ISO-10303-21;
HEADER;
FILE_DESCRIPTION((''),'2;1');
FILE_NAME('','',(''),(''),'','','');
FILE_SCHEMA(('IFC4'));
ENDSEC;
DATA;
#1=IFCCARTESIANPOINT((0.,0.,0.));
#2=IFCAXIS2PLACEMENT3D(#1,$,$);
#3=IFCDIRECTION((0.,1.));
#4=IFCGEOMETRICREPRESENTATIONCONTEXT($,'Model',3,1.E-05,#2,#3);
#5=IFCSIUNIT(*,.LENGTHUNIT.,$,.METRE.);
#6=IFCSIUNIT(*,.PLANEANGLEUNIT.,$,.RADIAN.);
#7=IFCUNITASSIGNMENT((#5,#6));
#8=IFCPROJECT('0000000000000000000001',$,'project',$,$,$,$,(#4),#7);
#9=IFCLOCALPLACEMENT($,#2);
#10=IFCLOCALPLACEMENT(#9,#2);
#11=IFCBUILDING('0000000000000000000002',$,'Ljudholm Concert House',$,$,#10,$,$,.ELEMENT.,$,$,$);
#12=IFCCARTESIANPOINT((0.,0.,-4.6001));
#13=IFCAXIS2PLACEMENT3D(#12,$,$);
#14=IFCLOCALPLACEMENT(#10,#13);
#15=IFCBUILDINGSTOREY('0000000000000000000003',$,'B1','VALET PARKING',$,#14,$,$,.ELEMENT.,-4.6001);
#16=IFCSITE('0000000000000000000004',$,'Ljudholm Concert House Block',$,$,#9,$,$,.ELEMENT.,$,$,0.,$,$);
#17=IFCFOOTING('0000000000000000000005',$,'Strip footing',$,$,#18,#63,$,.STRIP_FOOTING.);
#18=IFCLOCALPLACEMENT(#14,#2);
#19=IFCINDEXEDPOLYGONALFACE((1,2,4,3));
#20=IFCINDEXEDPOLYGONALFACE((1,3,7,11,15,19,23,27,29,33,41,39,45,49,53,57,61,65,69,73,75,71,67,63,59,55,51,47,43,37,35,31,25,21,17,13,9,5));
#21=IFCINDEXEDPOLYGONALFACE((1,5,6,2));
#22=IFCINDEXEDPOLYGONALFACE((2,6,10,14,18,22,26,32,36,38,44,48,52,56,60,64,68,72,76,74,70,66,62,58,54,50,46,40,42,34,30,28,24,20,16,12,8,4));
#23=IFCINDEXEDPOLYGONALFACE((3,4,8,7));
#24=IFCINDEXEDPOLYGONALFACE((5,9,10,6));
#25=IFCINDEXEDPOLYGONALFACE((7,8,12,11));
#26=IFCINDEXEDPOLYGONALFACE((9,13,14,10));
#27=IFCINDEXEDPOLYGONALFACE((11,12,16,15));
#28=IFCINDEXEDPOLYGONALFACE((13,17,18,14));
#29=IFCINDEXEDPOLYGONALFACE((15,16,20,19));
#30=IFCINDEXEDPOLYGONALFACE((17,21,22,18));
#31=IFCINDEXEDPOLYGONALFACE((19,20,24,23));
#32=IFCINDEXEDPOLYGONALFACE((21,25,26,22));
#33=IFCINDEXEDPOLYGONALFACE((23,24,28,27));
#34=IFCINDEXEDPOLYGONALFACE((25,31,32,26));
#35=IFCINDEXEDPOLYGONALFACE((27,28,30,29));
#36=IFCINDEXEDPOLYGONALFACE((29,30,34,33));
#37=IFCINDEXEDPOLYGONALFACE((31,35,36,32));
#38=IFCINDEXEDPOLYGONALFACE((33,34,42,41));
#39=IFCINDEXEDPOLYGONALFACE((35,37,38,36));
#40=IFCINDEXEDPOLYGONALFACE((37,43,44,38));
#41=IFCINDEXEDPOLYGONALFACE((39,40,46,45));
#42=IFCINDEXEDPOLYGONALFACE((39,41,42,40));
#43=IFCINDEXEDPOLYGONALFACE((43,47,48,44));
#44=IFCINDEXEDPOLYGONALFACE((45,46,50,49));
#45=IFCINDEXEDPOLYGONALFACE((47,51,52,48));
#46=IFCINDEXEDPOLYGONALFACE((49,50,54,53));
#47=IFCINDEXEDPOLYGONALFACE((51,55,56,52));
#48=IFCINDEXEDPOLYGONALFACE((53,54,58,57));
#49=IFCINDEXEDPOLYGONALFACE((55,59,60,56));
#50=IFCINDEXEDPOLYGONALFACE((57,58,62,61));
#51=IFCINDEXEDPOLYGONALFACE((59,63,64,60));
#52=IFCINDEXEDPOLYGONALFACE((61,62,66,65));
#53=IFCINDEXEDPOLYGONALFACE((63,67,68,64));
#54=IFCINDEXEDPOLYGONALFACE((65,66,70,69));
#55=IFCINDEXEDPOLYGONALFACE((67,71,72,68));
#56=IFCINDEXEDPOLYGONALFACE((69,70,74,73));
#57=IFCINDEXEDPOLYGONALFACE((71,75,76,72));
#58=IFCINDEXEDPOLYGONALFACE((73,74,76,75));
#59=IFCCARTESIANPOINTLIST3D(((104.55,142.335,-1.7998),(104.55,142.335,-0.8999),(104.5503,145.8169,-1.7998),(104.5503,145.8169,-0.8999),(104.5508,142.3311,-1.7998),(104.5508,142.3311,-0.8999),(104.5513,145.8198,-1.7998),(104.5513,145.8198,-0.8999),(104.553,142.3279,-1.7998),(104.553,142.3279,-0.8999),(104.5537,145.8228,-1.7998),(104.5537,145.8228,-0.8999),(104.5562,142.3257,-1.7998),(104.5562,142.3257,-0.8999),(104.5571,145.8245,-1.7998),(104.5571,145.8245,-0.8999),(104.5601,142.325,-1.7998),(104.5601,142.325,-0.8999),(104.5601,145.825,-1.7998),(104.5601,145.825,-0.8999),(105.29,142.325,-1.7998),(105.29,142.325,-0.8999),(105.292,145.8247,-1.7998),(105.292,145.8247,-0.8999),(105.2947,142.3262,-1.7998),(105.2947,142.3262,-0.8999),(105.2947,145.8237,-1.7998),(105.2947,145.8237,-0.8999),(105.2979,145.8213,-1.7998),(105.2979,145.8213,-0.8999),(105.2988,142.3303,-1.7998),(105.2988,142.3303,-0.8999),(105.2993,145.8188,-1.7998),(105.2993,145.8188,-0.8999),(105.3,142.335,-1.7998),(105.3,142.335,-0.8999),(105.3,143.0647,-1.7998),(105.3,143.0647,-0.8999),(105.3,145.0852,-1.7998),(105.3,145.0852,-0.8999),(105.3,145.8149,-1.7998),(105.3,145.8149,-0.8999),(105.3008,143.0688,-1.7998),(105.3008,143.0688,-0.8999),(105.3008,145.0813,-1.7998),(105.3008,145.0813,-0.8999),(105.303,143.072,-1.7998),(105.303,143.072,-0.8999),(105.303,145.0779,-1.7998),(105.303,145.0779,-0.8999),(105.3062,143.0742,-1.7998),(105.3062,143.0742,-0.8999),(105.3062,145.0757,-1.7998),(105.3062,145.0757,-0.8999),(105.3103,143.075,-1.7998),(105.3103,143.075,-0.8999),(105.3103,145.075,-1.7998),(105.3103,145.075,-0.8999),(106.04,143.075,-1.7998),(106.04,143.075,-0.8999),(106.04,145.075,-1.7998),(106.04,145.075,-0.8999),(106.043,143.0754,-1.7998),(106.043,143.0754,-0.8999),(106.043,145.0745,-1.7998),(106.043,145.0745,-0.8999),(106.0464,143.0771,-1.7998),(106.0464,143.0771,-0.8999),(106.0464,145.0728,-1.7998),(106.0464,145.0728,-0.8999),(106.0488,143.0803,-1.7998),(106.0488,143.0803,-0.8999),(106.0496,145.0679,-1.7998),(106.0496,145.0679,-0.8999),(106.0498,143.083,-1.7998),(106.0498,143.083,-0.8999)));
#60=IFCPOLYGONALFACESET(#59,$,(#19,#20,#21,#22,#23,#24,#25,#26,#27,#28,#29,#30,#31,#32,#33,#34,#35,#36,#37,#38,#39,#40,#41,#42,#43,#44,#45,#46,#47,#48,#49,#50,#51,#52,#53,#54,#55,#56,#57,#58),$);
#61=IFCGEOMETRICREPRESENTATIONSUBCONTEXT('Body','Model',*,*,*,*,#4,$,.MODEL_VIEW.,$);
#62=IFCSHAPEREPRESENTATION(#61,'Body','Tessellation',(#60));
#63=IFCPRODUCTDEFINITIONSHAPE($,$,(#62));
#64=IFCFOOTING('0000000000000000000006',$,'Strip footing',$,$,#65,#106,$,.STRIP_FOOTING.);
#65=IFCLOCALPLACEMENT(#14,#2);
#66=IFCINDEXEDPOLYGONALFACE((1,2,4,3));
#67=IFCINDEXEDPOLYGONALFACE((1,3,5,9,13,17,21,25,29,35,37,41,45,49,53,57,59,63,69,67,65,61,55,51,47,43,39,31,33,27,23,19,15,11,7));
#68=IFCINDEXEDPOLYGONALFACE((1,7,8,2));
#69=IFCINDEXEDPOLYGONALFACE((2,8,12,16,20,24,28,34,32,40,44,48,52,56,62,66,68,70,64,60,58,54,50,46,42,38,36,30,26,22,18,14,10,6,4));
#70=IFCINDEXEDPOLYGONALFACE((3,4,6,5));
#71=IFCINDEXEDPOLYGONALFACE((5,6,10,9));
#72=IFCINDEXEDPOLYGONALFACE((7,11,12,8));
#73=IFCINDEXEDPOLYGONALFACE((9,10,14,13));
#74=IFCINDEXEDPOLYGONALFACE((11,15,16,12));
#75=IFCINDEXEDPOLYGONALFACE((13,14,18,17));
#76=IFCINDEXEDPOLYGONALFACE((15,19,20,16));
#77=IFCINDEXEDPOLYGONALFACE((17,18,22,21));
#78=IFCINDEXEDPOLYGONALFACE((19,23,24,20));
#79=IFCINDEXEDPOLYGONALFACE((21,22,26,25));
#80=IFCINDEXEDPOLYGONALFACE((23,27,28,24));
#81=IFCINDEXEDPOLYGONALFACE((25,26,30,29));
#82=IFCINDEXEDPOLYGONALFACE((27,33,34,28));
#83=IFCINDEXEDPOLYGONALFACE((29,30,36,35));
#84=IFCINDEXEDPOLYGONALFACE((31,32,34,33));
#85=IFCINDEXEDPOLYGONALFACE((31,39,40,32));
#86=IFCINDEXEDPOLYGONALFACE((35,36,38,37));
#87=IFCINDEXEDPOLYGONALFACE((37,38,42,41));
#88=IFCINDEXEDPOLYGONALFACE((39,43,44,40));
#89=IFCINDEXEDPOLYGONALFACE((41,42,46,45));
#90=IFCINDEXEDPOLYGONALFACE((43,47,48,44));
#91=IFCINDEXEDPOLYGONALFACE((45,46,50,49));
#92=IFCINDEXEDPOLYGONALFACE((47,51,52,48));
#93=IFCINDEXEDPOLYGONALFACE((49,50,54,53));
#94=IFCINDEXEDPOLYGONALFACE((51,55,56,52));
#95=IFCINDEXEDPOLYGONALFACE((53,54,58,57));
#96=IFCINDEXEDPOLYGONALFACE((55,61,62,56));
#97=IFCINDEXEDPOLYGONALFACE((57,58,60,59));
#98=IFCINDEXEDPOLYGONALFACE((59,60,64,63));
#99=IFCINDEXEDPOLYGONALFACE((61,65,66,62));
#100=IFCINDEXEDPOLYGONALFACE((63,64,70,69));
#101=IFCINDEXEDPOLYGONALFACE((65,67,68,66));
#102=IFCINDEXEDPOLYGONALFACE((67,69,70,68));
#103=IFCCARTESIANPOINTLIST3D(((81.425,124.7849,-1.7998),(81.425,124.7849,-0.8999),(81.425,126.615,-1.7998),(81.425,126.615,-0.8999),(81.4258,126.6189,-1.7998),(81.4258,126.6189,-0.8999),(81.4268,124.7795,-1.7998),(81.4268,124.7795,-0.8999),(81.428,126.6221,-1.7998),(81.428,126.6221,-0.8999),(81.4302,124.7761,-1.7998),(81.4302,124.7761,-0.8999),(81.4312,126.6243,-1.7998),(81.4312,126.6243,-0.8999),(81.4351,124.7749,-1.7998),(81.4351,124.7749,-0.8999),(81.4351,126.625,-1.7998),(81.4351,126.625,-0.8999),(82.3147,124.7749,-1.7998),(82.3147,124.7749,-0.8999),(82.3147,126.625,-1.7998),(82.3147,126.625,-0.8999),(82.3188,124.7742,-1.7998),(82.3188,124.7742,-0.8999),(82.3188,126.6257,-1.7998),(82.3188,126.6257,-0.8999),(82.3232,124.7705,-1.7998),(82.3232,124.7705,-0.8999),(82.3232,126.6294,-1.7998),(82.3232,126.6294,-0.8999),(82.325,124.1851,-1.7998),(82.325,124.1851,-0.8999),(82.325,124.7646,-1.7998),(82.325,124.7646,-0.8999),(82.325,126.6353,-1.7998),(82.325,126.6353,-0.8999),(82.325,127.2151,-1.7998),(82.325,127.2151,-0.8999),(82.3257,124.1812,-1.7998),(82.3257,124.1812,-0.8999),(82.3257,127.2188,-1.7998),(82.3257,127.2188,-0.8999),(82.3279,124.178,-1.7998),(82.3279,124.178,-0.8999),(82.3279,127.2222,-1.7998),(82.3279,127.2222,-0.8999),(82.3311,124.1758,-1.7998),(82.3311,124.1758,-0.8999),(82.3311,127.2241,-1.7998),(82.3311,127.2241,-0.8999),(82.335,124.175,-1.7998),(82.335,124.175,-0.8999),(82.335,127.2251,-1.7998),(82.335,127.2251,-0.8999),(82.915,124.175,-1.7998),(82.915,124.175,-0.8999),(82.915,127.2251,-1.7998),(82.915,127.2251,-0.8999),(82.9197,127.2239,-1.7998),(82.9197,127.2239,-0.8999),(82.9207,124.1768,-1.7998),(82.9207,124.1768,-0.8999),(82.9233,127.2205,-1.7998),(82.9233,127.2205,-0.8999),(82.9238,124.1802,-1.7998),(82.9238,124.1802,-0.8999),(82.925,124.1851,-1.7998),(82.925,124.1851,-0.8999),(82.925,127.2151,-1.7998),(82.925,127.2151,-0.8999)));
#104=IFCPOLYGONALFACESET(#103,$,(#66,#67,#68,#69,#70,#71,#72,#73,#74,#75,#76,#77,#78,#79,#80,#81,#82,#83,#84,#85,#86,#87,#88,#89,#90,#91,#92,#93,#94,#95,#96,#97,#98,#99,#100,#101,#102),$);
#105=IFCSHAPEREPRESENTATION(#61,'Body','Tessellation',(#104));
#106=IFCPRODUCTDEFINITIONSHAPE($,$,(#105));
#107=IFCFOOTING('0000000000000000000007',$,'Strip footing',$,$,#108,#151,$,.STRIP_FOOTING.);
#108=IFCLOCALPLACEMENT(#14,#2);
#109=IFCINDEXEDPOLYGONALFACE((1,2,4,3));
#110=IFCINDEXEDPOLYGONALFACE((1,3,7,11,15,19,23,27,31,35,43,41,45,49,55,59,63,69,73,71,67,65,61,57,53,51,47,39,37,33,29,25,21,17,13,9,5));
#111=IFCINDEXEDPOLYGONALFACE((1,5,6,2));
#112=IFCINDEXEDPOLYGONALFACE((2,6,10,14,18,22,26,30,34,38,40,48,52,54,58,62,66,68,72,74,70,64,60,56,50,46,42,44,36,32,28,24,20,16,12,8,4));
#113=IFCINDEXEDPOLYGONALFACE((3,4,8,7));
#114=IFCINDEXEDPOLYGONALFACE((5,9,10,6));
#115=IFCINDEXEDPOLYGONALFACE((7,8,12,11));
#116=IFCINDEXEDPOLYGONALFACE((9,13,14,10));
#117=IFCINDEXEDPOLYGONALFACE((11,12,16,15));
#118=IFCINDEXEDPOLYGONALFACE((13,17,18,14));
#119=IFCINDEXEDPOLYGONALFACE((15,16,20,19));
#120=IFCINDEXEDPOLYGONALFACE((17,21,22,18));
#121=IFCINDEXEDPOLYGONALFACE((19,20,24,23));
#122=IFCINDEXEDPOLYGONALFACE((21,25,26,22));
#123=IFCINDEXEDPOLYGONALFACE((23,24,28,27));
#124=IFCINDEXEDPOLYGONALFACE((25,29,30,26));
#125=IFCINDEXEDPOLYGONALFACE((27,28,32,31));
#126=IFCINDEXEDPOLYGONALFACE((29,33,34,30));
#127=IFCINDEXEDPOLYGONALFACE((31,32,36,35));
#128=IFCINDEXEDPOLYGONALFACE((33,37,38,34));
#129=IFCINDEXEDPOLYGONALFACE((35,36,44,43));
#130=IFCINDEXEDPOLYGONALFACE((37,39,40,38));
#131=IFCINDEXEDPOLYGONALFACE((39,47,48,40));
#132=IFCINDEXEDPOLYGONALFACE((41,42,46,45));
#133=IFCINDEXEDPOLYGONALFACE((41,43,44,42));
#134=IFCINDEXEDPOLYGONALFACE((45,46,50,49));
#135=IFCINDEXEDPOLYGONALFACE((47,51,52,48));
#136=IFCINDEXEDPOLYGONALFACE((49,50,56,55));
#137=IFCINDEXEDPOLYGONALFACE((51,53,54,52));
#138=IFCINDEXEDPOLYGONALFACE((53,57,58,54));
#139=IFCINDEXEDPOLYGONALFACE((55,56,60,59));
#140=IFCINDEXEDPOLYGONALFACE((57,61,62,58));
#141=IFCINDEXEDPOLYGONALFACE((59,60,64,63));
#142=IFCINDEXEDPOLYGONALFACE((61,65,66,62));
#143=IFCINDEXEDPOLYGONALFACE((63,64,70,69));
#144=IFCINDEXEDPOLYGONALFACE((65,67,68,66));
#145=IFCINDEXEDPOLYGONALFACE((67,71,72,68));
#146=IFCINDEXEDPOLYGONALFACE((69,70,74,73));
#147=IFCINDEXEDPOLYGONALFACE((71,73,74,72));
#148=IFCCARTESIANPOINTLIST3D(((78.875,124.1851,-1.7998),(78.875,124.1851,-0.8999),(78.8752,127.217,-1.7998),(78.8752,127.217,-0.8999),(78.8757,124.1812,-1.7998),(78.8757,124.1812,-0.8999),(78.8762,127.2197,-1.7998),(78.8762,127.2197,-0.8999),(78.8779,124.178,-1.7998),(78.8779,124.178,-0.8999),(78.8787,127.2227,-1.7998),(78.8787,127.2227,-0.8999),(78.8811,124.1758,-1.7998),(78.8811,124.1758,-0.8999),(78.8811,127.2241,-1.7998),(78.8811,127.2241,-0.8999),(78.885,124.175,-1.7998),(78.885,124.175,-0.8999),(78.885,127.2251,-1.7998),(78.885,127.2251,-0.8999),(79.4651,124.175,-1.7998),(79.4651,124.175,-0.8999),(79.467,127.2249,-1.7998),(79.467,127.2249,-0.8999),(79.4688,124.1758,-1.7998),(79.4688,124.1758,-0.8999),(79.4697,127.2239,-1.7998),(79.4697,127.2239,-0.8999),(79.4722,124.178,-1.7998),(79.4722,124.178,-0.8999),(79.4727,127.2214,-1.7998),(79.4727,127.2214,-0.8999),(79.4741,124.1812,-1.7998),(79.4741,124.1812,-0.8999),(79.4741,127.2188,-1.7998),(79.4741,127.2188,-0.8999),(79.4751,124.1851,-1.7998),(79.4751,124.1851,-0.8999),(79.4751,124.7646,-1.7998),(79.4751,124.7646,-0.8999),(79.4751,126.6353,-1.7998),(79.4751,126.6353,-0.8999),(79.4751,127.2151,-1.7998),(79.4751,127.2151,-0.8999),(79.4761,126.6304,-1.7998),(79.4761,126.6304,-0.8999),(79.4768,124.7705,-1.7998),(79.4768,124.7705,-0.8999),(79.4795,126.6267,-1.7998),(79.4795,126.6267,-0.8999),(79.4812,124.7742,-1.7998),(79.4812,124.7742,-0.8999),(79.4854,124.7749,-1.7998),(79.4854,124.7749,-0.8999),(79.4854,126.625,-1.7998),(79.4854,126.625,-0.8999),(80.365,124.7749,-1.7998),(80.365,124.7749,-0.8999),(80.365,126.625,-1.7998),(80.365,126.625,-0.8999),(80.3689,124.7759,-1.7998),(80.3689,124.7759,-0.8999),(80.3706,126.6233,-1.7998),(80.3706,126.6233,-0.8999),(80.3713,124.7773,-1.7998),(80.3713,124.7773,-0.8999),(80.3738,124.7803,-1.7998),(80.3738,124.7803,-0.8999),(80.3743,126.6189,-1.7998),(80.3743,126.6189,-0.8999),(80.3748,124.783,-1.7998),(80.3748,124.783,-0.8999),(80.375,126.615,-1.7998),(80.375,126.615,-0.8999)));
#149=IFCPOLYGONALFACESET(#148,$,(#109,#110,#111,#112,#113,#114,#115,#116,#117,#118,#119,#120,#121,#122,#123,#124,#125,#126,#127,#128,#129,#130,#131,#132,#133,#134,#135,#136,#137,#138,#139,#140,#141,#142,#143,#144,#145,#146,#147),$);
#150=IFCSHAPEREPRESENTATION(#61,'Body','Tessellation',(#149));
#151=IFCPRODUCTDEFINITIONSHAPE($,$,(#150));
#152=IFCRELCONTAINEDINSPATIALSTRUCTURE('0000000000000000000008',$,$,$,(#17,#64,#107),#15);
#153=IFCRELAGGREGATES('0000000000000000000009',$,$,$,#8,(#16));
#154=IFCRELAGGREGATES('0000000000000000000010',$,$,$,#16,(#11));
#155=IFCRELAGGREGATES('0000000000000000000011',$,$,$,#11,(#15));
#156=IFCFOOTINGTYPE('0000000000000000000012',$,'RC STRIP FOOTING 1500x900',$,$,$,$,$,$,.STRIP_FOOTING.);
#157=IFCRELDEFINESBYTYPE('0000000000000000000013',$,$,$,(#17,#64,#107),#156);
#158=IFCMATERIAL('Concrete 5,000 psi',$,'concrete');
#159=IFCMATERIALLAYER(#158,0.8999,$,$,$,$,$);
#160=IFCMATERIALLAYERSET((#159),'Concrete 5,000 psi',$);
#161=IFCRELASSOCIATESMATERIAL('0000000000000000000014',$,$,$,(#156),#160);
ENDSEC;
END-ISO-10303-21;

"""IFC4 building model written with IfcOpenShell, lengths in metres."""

from ifc_helpers import new_model, si_unit, direction, frame, origin, place, context, subcontext, project, spatial, polyline, outline, extrude, material, layer, layer_set, type_object, element, save


model = new_model("IFC4")

# Units and contexts
model_context = context("Model", 3, precision=1e-05, world=origin(), true_north=direction((0.0, 1.0)))
body_context = subcontext(model_context, "Body", "Model", "MODEL_VIEW")
ifc_project = project(units=[si_unit("LENGTHUNIT", "METRE"), si_unit("PLANEANGLEUNIT", "RADIAN")], contexts=[model_context])

# Site, building, storey
site_placement = place(None, origin())
site = spatial("IfcSite", under=ifc_project, at=site_placement, Name="Ljudholm Concert House Block", CompositionType="ELEMENT", RefElevation=0.0)
building_placement = place(site_placement, origin())
building = spatial("IfcBuilding", under=site, at=building_placement, Name="Ljudholm Concert House", CompositionType="ELEMENT")
storey_placement = place(building_placement, frame((0.0, 0.0, -4.6001)))
storey = spatial("IfcBuildingStorey", under=building, at=storey_placement, Name="B1", Description="VALET PARKING", CompositionType="ELEMENT", Elevation=-4.6001)

# Footings
ifc_material_1 = material(Name="Concrete 5,000 psi", Category="concrete")
ifc_layer_1 = layer(ifc_material_1, 0.8999)
ifc_layer_set_1 = layer_set([ifc_layer_1], Name="Concrete 5,000 psi")
footing_type_1 = type_object("IfcFootingType", Name="RC STRIP FOOTING 1500x900", PredefinedType="STRIP_FOOTING", material=ifc_layer_set_1)
footing_1_placement = place(storey_placement, frame((0.0, 0.0, -1.7998)))
element("IfcFooting", 1, at=footing_1_placement, inside=storey, type_object=footing_type_1, Name="Strip footing", PredefinedType="STRIP_FOOTING", context=body_context, shape_type="SweptSolid", body=[
    extrude(outline(polyline([(104.5601, 142.325), (105.29, 142.325), (105.2947, 142.3262), (105.2988, 142.3303), (105.3, 142.335), (105.3, 143.0647), (105.3008, 143.0688), (105.303, 143.072), (105.3062, 143.0742), (105.3103, 143.075), (106.04, 143.075), (106.043, 143.0754), (106.0464, 143.0771), (106.0488, 143.0803), (106.0498, 143.083), (106.0496, 145.0679), (106.0464, 145.0728), (106.043, 145.0745), (106.04, 145.075), (105.3103, 145.075), (105.3062, 145.0757), (105.303, 145.0779), (105.3008, 145.0813), (105.3, 145.0852), (105.3, 145.8149), (105.2993, 145.8188), (105.2979, 145.8213), (105.2947, 145.8237), (105.292, 145.8247), (104.5601, 145.825), (104.5571, 145.8245), (104.5537, 145.8228), (104.5513, 145.8198), (104.5503, 145.8169), (104.55, 142.335), (104.5508, 142.3311), (104.553, 142.3279), (104.5562, 142.3257), (104.5601, 142.325)])), origin(), (0.0, 0.0, 1.0), 0.8999),
])
footing_2_placement = place(storey_placement, frame((0.0, 0.0, -1.7998)))
element("IfcFooting", 2, at=footing_2_placement, inside=storey, type_object=footing_type_1, Name="Strip footing", PredefinedType="STRIP_FOOTING", context=body_context, shape_type="SweptSolid", body=[
    extrude(outline(polyline([(81.425, 126.615), (81.425, 124.7849), (81.4268, 124.7795), (81.4302, 124.7761), (81.4351, 124.7749), (82.3147, 124.7749), (82.3188, 124.7742), (82.3232, 124.7705), (82.325, 124.7646), (82.325, 124.1851), (82.3257, 124.1812), (82.3279, 124.178), (82.3311, 124.1758), (82.335, 124.175), (82.915, 124.175), (82.9207, 124.1768), (82.9238, 124.1802), (82.925, 124.1851), (82.925, 127.2151), (82.9233, 127.2205), (82.9197, 127.2239), (82.915, 127.2251), (82.335, 127.2251), (82.3311, 127.2241), (82.3279, 127.2222), (82.3257, 127.2188), (82.325, 127.2151), (82.325, 126.6353), (82.3232, 126.6294), (82.3188, 126.6257), (82.3147, 126.625), (81.4351, 126.625), (81.4312, 126.6243), (81.428, 126.6221), (81.4258, 126.6189), (81.425, 126.615)])), origin(), (0.0, 0.0, 1.0), 0.8999),
])
footing_3_placement = place(storey_placement, frame((0.0, 0.0, -1.7998)))
element("IfcFooting", 3, at=footing_3_placement, inside=storey, type_object=footing_type_1, Name="Strip footing", PredefinedType="STRIP_FOOTING", context=body_context, shape_type="SweptSolid", body=[
    extrude(outline(polyline([(78.885, 124.175), (79.4651, 124.175), (79.4688, 124.1758), (79.4722, 124.178), (79.4741, 124.1812), (79.4751, 124.1851), (79.4751, 124.7646), (79.4768, 124.7705), (79.4812, 124.7742), (79.4854, 124.7749), (80.365, 124.7749), (80.3689, 124.7759), (80.3713, 124.7773), (80.3738, 124.7803), (80.3748, 124.783), (80.375, 126.615), (80.3743, 126.6189), (80.3706, 126.6233), (80.365, 126.625), (79.4854, 126.625), (79.4795, 126.6267), (79.4761, 126.6304), (79.4751, 126.6353), (79.4751, 127.2151), (79.4741, 127.2188), (79.4727, 127.2214), (79.4697, 127.2239), (79.467, 127.2249), (78.885, 127.2251), (78.8811, 127.2241), (78.8787, 127.2227), (78.8762, 127.2197), (78.8752, 127.217), (78.875, 124.1851), (78.8757, 124.1812), (78.8779, 124.178), (78.8811, 124.1758), (78.885, 124.175)])), origin(), (0.0, 0.0, 1.0), 0.8999),
])

save(model, "model.ifc")
